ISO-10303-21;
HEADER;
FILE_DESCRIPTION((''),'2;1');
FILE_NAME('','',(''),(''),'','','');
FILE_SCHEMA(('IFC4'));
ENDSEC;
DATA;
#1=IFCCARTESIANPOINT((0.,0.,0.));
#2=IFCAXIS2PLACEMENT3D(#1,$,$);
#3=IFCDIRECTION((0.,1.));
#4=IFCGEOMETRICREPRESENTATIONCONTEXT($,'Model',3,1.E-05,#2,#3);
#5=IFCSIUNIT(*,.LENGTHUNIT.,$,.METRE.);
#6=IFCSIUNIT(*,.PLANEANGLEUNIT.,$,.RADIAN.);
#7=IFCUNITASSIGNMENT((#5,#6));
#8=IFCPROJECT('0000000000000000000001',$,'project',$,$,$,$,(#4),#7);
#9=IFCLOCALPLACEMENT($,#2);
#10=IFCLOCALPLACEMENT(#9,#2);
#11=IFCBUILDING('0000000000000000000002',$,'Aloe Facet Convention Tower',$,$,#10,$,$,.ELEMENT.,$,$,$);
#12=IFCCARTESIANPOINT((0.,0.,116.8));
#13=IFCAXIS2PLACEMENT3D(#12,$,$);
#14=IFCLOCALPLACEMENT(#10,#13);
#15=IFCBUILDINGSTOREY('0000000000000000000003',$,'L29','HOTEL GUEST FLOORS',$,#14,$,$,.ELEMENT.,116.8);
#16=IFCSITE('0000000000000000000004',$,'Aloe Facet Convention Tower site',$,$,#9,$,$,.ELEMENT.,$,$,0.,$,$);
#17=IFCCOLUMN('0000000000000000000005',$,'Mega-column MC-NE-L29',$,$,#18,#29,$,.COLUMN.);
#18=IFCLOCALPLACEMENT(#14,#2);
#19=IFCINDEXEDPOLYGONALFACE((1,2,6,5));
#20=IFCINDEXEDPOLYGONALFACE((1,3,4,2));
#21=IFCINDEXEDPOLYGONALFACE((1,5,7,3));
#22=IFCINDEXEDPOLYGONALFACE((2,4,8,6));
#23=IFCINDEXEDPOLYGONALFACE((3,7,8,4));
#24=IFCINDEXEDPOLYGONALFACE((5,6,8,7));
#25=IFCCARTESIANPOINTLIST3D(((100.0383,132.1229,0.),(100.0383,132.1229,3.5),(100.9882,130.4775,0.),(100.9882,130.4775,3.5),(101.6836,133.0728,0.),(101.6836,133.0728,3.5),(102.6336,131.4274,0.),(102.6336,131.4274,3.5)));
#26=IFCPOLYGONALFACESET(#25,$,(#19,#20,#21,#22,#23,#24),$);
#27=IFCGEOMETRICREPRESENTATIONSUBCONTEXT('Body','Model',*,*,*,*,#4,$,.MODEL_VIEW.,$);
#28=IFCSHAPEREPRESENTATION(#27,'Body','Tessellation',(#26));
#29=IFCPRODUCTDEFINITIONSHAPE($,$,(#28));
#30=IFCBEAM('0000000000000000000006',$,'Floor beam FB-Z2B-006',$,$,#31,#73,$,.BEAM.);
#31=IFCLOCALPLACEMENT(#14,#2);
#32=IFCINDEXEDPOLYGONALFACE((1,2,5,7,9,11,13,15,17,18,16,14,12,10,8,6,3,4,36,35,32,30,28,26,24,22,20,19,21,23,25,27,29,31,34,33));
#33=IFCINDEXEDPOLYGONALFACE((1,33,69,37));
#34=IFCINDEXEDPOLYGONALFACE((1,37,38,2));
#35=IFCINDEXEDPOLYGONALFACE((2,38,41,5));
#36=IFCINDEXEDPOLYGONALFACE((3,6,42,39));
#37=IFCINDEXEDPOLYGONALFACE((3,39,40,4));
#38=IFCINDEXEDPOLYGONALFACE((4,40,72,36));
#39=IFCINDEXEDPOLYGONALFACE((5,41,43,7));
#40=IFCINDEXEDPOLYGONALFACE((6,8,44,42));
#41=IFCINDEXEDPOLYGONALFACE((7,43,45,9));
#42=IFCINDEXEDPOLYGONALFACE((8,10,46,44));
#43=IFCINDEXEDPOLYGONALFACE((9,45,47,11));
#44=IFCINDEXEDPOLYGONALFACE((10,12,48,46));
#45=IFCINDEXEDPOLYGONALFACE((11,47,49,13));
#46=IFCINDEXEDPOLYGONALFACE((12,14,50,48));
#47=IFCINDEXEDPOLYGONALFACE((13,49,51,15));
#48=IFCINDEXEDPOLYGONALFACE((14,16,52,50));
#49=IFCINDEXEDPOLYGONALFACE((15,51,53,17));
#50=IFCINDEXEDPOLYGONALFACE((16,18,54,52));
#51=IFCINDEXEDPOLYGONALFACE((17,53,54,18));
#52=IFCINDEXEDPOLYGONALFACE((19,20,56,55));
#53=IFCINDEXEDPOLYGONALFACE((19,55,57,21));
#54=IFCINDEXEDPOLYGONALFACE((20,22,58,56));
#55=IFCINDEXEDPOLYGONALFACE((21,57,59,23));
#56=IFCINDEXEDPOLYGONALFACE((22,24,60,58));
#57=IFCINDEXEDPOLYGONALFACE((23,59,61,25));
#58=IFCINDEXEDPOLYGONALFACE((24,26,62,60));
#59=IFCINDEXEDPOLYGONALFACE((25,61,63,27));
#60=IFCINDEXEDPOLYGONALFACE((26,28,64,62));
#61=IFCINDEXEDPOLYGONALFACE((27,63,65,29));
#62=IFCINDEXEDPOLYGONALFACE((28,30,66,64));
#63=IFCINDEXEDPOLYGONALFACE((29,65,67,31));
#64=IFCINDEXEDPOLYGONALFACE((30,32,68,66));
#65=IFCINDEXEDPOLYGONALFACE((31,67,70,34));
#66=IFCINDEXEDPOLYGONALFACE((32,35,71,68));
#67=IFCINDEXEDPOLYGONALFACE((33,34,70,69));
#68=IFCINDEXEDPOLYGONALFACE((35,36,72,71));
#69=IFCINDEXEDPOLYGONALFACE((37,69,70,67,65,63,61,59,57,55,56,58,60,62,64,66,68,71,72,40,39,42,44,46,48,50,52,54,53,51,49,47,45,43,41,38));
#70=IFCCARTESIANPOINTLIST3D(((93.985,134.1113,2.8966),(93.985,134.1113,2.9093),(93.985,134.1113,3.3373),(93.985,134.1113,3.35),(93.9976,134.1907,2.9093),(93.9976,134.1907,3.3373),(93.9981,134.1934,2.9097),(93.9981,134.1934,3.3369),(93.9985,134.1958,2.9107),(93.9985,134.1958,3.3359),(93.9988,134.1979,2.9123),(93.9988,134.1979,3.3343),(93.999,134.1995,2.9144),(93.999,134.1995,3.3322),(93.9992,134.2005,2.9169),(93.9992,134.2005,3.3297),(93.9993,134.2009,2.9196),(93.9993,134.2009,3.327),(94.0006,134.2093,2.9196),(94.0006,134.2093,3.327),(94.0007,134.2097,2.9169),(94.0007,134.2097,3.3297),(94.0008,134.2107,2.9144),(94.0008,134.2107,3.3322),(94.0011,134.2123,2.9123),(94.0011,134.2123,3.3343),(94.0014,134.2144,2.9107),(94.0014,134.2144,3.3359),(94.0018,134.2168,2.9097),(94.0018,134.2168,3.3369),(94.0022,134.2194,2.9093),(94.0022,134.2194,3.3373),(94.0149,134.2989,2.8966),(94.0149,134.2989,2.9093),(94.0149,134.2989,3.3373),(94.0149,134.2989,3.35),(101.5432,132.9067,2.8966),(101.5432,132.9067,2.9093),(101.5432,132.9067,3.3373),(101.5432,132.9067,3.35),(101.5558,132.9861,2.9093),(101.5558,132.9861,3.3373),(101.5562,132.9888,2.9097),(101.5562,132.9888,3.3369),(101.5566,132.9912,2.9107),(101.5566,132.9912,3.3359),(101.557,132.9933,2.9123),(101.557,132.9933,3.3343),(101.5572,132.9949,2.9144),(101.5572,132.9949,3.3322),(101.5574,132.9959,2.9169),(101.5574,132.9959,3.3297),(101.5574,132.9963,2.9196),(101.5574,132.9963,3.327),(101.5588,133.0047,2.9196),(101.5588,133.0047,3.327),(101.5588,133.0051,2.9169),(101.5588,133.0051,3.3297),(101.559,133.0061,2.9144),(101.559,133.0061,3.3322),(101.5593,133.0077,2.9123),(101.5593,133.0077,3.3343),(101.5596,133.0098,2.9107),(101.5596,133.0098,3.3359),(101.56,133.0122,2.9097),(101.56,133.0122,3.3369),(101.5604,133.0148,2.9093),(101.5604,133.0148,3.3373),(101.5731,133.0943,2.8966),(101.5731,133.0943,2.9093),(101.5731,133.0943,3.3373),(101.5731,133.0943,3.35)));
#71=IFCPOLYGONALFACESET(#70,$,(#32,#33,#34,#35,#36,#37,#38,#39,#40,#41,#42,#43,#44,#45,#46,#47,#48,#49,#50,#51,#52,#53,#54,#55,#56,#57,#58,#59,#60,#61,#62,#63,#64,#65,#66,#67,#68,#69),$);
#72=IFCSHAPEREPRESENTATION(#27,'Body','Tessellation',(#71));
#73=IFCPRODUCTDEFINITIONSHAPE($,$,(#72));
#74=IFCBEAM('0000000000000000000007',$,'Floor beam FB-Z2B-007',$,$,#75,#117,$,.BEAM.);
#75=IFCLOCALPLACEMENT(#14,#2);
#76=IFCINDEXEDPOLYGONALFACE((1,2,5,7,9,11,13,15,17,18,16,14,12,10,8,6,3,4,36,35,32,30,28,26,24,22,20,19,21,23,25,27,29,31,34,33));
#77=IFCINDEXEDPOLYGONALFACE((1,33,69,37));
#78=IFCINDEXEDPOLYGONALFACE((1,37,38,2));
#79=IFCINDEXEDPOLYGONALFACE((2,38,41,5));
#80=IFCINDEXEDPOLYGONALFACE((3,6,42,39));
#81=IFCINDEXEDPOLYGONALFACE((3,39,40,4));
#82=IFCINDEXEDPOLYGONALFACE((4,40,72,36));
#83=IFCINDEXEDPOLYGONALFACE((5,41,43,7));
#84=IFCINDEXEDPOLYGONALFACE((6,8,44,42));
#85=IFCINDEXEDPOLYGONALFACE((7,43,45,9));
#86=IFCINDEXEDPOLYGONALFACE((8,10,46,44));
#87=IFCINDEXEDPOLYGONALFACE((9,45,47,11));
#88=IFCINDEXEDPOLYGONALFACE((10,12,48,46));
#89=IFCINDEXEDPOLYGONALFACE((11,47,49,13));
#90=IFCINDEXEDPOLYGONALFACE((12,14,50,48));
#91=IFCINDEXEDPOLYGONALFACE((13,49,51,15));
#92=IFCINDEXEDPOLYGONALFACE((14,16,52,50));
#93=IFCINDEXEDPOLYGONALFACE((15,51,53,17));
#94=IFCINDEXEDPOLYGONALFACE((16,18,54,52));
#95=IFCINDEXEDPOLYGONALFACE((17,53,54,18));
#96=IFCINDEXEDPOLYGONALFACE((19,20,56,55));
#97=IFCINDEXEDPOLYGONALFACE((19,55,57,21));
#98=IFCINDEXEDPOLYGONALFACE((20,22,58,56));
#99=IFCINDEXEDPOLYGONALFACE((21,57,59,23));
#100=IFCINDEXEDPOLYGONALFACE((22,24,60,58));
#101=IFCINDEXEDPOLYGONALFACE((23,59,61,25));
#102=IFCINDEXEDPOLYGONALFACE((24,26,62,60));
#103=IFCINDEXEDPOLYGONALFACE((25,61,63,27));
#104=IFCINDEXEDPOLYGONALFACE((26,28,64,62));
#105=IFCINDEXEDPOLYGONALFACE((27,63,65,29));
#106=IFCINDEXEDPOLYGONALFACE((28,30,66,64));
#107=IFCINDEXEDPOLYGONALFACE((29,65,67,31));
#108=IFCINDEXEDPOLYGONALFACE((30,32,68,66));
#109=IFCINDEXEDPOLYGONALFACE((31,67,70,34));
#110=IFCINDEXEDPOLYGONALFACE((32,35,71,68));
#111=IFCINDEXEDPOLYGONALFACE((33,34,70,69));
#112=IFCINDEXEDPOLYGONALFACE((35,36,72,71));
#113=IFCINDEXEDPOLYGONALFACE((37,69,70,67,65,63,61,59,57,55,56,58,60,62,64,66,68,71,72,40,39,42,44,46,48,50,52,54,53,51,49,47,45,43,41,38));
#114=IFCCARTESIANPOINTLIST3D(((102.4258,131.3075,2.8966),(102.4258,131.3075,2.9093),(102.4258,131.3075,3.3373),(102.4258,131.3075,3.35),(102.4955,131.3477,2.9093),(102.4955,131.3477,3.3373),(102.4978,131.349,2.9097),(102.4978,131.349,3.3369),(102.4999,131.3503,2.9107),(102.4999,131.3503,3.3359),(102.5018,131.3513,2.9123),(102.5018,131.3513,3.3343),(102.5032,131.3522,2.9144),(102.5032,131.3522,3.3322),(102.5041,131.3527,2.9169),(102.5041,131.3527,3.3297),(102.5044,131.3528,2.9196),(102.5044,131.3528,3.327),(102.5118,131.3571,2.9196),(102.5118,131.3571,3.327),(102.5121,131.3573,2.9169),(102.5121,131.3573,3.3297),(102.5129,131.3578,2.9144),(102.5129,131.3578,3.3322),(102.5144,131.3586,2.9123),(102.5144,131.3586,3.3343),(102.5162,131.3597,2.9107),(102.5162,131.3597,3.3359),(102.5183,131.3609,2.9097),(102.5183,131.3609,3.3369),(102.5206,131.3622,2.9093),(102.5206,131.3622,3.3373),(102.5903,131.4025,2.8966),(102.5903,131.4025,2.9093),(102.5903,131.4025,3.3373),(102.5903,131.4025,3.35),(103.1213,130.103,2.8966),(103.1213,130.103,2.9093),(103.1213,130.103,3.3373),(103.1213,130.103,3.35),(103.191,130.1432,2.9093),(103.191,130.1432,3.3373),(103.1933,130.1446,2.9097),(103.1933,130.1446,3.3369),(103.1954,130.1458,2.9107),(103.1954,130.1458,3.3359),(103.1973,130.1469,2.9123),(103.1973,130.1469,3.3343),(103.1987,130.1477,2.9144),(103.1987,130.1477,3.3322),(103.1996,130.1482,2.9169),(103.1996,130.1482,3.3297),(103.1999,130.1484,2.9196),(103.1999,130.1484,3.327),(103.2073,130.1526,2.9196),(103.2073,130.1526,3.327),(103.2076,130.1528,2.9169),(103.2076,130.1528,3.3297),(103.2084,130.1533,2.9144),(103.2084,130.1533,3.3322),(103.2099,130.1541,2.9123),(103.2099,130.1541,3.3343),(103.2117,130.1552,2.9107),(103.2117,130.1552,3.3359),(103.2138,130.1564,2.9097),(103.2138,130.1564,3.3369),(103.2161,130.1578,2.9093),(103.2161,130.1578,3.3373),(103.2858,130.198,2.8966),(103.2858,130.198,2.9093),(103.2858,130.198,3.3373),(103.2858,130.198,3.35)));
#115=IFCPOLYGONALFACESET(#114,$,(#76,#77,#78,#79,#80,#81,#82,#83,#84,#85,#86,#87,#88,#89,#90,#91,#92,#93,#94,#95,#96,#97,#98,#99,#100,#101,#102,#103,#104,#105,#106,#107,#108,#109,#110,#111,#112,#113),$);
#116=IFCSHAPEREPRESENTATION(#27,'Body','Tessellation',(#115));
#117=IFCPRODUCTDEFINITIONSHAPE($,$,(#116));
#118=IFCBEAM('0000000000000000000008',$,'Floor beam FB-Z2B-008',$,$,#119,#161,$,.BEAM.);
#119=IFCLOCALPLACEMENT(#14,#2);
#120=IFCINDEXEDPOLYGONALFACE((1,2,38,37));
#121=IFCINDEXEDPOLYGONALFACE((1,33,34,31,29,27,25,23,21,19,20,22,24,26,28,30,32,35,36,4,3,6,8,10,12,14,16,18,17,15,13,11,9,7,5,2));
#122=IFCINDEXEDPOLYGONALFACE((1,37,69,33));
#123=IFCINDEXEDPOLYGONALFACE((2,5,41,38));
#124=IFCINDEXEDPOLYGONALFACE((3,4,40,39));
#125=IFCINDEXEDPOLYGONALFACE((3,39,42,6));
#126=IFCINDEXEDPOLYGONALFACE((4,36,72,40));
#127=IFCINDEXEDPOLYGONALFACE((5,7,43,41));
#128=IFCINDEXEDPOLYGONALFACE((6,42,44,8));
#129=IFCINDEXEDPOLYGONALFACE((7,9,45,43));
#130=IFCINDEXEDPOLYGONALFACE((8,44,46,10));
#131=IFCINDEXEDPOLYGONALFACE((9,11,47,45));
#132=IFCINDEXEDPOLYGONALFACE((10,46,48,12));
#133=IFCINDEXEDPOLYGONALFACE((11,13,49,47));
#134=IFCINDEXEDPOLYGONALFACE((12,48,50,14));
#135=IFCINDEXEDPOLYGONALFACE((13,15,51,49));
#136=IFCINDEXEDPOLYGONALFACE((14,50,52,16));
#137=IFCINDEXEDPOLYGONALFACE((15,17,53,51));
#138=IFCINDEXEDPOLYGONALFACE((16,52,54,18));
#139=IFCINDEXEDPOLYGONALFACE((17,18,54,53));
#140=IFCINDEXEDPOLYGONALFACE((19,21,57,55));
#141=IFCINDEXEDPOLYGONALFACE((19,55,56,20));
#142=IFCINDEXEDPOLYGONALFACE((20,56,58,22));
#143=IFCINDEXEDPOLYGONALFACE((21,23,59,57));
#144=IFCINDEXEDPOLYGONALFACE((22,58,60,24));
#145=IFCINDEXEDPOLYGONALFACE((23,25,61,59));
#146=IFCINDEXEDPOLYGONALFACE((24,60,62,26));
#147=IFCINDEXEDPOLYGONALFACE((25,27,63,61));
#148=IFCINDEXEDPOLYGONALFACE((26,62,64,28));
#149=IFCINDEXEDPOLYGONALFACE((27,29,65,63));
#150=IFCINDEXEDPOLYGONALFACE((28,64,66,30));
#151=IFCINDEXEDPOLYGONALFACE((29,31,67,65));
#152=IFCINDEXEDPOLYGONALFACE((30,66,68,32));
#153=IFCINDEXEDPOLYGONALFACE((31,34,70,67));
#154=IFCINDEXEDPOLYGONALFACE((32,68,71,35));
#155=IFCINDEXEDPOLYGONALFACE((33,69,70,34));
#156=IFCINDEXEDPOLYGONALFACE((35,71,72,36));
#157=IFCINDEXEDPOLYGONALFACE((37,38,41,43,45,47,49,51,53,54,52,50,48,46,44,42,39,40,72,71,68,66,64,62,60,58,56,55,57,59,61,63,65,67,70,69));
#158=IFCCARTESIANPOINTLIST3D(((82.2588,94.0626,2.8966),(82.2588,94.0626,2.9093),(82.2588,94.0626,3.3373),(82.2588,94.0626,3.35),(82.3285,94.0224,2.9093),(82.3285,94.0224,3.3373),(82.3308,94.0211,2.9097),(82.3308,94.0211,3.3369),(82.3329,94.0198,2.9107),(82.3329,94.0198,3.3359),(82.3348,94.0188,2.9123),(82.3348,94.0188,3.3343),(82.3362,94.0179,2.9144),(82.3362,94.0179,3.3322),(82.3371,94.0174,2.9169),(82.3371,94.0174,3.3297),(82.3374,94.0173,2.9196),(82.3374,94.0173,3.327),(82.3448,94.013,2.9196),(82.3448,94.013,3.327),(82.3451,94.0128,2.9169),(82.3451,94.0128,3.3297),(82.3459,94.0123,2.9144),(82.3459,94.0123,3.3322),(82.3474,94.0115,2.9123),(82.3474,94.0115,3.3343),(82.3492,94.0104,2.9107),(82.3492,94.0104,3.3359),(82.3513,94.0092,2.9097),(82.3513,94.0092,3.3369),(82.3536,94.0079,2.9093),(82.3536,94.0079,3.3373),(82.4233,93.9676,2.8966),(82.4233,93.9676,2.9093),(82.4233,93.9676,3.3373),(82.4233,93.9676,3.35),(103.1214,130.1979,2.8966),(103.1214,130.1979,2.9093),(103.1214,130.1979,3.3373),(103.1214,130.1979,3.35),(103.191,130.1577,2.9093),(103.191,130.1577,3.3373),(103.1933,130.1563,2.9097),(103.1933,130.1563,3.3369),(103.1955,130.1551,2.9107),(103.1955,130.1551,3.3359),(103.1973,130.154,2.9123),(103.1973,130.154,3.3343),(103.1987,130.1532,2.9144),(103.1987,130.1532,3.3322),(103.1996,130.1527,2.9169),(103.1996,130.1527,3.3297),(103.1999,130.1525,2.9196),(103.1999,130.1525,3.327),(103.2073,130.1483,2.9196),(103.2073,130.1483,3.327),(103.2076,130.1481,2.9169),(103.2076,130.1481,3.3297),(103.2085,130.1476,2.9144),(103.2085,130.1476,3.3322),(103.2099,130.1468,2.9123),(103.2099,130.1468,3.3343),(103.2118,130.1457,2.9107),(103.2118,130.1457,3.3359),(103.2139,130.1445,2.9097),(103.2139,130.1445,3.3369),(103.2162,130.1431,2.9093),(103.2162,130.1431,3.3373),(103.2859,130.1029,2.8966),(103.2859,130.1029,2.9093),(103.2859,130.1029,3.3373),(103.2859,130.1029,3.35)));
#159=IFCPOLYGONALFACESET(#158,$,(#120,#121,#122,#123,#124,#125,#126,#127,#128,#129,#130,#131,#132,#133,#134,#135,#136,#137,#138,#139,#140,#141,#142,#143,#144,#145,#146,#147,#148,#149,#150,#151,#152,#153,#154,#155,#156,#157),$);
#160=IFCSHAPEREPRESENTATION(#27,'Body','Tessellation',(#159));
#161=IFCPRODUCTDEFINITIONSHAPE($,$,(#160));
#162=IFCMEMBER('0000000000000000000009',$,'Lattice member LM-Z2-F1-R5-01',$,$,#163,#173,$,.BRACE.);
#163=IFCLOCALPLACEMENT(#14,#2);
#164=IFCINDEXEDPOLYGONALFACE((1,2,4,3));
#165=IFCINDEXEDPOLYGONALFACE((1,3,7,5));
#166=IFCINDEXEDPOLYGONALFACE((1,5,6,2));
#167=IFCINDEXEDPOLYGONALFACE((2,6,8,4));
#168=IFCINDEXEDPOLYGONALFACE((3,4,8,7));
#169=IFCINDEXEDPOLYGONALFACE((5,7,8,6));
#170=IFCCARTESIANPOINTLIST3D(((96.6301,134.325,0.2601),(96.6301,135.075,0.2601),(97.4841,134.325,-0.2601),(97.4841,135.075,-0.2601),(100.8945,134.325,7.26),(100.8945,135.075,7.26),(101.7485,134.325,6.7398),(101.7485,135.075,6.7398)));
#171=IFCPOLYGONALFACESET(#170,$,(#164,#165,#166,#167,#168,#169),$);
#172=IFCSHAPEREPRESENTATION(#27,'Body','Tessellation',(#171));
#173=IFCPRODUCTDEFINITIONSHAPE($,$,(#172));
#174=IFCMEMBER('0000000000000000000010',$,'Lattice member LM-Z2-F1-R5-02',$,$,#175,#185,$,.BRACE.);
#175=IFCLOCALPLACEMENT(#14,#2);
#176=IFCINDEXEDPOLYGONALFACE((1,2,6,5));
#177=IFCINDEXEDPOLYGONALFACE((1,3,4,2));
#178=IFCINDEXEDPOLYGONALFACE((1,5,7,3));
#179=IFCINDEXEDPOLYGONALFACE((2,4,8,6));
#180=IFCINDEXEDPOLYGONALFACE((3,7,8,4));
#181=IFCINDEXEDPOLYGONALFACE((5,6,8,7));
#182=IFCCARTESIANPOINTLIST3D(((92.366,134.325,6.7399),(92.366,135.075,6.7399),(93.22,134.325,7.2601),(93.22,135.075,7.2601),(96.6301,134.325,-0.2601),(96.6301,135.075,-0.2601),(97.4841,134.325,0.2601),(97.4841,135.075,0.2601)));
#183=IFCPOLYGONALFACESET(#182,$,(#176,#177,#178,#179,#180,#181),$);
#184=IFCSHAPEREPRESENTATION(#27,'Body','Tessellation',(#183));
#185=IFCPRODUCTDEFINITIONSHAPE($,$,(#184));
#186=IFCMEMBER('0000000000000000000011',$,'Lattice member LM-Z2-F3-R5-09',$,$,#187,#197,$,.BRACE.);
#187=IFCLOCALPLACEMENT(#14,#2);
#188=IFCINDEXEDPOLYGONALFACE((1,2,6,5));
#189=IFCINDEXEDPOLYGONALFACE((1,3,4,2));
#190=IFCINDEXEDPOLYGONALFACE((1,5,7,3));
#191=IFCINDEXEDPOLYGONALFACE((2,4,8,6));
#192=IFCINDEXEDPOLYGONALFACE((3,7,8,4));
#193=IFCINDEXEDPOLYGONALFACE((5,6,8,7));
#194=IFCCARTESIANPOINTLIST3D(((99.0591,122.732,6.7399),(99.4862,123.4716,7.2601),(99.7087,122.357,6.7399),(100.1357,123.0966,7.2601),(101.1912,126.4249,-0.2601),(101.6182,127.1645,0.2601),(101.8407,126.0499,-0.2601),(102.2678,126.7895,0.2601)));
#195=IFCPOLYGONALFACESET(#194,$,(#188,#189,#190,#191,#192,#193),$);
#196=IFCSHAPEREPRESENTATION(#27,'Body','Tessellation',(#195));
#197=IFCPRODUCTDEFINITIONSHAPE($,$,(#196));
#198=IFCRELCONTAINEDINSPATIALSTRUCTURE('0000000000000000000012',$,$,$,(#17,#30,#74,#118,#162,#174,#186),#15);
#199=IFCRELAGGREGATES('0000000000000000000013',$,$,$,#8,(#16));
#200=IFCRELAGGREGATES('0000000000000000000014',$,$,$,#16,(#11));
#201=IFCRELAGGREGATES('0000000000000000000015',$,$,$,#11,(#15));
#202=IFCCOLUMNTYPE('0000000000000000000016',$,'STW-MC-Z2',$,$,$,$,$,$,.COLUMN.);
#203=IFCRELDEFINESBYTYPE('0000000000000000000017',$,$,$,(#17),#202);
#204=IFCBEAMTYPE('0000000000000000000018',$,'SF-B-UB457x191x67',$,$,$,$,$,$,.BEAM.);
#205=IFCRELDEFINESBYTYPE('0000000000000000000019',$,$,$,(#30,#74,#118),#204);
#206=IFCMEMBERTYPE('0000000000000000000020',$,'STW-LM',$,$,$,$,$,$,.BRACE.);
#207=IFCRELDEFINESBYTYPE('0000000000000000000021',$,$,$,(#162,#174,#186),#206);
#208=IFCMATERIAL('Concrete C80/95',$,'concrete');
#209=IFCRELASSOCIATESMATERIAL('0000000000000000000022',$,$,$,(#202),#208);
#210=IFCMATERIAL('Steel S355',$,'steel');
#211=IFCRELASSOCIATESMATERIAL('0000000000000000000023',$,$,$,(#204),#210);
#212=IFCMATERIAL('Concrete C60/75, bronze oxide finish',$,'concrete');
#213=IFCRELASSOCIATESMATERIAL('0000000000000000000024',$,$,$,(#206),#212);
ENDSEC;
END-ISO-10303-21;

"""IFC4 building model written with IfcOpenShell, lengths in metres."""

from ifc_helpers import new_model, si_unit, direction, frame, origin, origin_2d, place, context, subcontext, project, spatial, rectangle, i_section, extrude, material, material_profile, profile_set, type_object, element, save


model = new_model("IFC4")

# Units and contexts
model_context = context("Model", 3, precision=1e-05, world=origin(), true_north=direction((0.0, 1.0)))
body_context = subcontext(model_context, "Body", "Model", "MODEL_VIEW")
ifc_project = project(units=[si_unit("LENGTHUNIT", "METRE"), si_unit("PLANEANGLEUNIT", "RADIAN")], contexts=[model_context])

# Site, building, storey
site_placement = place(None, origin())
site = spatial("IfcSite", under=ifc_project, at=site_placement, Name="Aloe Facet Convention Tower site", CompositionType="ELEMENT", RefElevation=0.0)
building_placement = place(site_placement, origin())
building = spatial("IfcBuilding", under=site, at=building_placement, Name="Aloe Facet Convention Tower", CompositionType="ELEMENT")
storey_placement = place(building_placement, frame((0.0, 0.0, 116.8)))
storey = spatial("IfcBuildingStorey", under=building, at=storey_placement, Name="L29", Description="HOTEL GUEST FLOORS", CompositionType="ELEMENT", Elevation=116.8)

# Column
ifc_material_1 = material(Name="Concrete C80/95", Category="concrete")
ifc_material_profile_1 = material_profile(ifc_material_1, rectangle(XDim=1.8999, YDim=1.8999, at=origin_2d()), Name="STW-MC-Z2")
ifc_profile_set_1 = profile_set([ifc_material_profile_1], Name="Concrete C80/95")
column_type = type_object("IfcColumnType", Name="STW-MC-Z2", PredefinedType="COLUMN", material=ifc_profile_set_1)
column_placement = place(storey_placement, frame((101.3359, 131.7751, 0.0), z_axis=(0.0, 0.0, 1.0), x_axis=(-0.5, 0.866025, 0.0)))
element("IfcColumn", 1, at=column_placement, inside=storey, type_object=column_type, Name="Mega-column MC-NE-L29", PredefinedType="COLUMN", context=body_context, shape_type="SweptSolid", body=[
    extrude(rectangle(XDim=1.8999, YDim=1.8999, at=origin_2d()), origin(), (0.0, 0.0, 1.0), 3.5),
])

# Beams
ifc_material_2 = material(Name="Steel S355", Category="steel")
ifc_material_profile_2 = material_profile(ifc_material_2, i_section(OverallWidth=0.1899, OverallDepth=0.4534, WebThickness=0.0085, FlangeThickness=0.0127, FilletRadius=0.0103, at=origin_2d()), Name="UB 457x191x67")
ifc_profile_set_2 = profile_set([ifc_material_profile_2], Name="Steel S355")
beam_type = type_object("IfcBeamType", Name="SF-B-UB457x191x67", PredefinedType="BEAM", material=ifc_profile_set_2)
beam_1_placement = place(storey_placement, frame((101.5581, 133.0005, 3.1233), z_axis=(-0.987536, 0.157391, 0.0), x_axis=(-0.157391, -0.987536, 0.0)))
element("IfcBeam", 2, at=beam_1_placement, inside=storey, type_object=beam_type, Name="Floor beam FB-Z2B-006", PredefinedType="BEAM", context=body_context, shape_type="SweptSolid", body=[
    extrude(i_section(OverallWidth=0.1899, OverallDepth=0.4534, WebThickness=0.0085, FlangeThickness=0.0127, FilletRadius=0.0103, at=origin_2d()), origin(), (0.0, 0.0, 1.0), 7.6536),
])
beam_2_placement = place(storey_placement, frame((102.5081, 131.355, 3.1233), z_axis=(0.500047, -0.865999, 0.0), x_axis=(0.865999, 0.500047, 0.0)))
element("IfcBeam", 3, at=beam_2_placement, inside=storey, type_object=beam_type, Name="Floor beam FB-Z2B-007", PredefinedType="BEAM", context=body_context, shape_type="SweptSolid", body=[
    extrude(i_section(OverallWidth=0.1899, OverallDepth=0.4534, WebThickness=0.0085, FlangeThickness=0.0127, FilletRadius=0.0103, at=origin_2d()), origin(), (0.0, 0.0, 1.0), 1.3909),
])
beam_3_placement = place(storey_placement, frame((103.2036, 130.1504, 3.1233), z_axis=(-0.499997, -0.866027, 0.0), x_axis=(0.866027, -0.499997, 0.0)))
element("IfcBeam", 4, at=beam_3_placement, inside=storey, type_object=beam_type, Name="Floor beam FB-Z2B-008", PredefinedType="BEAM", context=body_context, shape_type="SweptSolid", body=[
    extrude(i_section(OverallWidth=0.1899, OverallDepth=0.4534, WebThickness=0.0085, FlangeThickness=0.0127, FilletRadius=0.0103, at=origin_2d()), origin(), (0.0, 0.0, 1.0), 41.7253),
])

# Members
ifc_material_3 = material(Name="Concrete C60/75, bronze oxide finish", Category="concrete")
ifc_material_profile_3 = material_profile(ifc_material_3, rectangle(XDim=0.75, YDim=1.0, at=origin_2d()), Name="STW-LM")
ifc_profile_set_3 = profile_set([ifc_material_profile_3], Name="Concrete C60/75, bronze oxide finish")
member_type = type_object("IfcMemberType", Name="STW-LM", PredefinedType="BRACE", material=ifc_profile_set_3)
for number, where, z_axis, x_axis, name in (
    (5, (97.0571, 134.7, 0.0), (0.520262, 0.0, 0.854007), (0.0, 1.0, 0.0), "Lattice member LM-Z2-F1-R5-01"),
    (6, (97.0571, 134.7, 0.0), (-0.52024, 0.0, 0.85402), (0.0, -1.0, 0.0), "Lattice member LM-Z2-F1-R5-02"),
    (7, (101.7295, 126.6072, 0.0), (-0.26012, -0.450541, 0.85402), (0.866025, -0.5, 0.0), "Lattice member LM-Z2-F3-R5-09"),
):
    element("IfcMember", number, at=place(storey_placement, frame(where, z_axis=z_axis, x_axis=x_axis)), inside=storey, type_object=member_type, Name=name, PredefinedType="BRACE", context=body_context, shape_type="SweptSolid", body=[
        extrude(rectangle(XDim=0.75, YDim=1.0, at=origin_2d()), origin(), (0.0, 0.0, 1.0), 8.1965),
    ])

save(model, "model.ifc")
